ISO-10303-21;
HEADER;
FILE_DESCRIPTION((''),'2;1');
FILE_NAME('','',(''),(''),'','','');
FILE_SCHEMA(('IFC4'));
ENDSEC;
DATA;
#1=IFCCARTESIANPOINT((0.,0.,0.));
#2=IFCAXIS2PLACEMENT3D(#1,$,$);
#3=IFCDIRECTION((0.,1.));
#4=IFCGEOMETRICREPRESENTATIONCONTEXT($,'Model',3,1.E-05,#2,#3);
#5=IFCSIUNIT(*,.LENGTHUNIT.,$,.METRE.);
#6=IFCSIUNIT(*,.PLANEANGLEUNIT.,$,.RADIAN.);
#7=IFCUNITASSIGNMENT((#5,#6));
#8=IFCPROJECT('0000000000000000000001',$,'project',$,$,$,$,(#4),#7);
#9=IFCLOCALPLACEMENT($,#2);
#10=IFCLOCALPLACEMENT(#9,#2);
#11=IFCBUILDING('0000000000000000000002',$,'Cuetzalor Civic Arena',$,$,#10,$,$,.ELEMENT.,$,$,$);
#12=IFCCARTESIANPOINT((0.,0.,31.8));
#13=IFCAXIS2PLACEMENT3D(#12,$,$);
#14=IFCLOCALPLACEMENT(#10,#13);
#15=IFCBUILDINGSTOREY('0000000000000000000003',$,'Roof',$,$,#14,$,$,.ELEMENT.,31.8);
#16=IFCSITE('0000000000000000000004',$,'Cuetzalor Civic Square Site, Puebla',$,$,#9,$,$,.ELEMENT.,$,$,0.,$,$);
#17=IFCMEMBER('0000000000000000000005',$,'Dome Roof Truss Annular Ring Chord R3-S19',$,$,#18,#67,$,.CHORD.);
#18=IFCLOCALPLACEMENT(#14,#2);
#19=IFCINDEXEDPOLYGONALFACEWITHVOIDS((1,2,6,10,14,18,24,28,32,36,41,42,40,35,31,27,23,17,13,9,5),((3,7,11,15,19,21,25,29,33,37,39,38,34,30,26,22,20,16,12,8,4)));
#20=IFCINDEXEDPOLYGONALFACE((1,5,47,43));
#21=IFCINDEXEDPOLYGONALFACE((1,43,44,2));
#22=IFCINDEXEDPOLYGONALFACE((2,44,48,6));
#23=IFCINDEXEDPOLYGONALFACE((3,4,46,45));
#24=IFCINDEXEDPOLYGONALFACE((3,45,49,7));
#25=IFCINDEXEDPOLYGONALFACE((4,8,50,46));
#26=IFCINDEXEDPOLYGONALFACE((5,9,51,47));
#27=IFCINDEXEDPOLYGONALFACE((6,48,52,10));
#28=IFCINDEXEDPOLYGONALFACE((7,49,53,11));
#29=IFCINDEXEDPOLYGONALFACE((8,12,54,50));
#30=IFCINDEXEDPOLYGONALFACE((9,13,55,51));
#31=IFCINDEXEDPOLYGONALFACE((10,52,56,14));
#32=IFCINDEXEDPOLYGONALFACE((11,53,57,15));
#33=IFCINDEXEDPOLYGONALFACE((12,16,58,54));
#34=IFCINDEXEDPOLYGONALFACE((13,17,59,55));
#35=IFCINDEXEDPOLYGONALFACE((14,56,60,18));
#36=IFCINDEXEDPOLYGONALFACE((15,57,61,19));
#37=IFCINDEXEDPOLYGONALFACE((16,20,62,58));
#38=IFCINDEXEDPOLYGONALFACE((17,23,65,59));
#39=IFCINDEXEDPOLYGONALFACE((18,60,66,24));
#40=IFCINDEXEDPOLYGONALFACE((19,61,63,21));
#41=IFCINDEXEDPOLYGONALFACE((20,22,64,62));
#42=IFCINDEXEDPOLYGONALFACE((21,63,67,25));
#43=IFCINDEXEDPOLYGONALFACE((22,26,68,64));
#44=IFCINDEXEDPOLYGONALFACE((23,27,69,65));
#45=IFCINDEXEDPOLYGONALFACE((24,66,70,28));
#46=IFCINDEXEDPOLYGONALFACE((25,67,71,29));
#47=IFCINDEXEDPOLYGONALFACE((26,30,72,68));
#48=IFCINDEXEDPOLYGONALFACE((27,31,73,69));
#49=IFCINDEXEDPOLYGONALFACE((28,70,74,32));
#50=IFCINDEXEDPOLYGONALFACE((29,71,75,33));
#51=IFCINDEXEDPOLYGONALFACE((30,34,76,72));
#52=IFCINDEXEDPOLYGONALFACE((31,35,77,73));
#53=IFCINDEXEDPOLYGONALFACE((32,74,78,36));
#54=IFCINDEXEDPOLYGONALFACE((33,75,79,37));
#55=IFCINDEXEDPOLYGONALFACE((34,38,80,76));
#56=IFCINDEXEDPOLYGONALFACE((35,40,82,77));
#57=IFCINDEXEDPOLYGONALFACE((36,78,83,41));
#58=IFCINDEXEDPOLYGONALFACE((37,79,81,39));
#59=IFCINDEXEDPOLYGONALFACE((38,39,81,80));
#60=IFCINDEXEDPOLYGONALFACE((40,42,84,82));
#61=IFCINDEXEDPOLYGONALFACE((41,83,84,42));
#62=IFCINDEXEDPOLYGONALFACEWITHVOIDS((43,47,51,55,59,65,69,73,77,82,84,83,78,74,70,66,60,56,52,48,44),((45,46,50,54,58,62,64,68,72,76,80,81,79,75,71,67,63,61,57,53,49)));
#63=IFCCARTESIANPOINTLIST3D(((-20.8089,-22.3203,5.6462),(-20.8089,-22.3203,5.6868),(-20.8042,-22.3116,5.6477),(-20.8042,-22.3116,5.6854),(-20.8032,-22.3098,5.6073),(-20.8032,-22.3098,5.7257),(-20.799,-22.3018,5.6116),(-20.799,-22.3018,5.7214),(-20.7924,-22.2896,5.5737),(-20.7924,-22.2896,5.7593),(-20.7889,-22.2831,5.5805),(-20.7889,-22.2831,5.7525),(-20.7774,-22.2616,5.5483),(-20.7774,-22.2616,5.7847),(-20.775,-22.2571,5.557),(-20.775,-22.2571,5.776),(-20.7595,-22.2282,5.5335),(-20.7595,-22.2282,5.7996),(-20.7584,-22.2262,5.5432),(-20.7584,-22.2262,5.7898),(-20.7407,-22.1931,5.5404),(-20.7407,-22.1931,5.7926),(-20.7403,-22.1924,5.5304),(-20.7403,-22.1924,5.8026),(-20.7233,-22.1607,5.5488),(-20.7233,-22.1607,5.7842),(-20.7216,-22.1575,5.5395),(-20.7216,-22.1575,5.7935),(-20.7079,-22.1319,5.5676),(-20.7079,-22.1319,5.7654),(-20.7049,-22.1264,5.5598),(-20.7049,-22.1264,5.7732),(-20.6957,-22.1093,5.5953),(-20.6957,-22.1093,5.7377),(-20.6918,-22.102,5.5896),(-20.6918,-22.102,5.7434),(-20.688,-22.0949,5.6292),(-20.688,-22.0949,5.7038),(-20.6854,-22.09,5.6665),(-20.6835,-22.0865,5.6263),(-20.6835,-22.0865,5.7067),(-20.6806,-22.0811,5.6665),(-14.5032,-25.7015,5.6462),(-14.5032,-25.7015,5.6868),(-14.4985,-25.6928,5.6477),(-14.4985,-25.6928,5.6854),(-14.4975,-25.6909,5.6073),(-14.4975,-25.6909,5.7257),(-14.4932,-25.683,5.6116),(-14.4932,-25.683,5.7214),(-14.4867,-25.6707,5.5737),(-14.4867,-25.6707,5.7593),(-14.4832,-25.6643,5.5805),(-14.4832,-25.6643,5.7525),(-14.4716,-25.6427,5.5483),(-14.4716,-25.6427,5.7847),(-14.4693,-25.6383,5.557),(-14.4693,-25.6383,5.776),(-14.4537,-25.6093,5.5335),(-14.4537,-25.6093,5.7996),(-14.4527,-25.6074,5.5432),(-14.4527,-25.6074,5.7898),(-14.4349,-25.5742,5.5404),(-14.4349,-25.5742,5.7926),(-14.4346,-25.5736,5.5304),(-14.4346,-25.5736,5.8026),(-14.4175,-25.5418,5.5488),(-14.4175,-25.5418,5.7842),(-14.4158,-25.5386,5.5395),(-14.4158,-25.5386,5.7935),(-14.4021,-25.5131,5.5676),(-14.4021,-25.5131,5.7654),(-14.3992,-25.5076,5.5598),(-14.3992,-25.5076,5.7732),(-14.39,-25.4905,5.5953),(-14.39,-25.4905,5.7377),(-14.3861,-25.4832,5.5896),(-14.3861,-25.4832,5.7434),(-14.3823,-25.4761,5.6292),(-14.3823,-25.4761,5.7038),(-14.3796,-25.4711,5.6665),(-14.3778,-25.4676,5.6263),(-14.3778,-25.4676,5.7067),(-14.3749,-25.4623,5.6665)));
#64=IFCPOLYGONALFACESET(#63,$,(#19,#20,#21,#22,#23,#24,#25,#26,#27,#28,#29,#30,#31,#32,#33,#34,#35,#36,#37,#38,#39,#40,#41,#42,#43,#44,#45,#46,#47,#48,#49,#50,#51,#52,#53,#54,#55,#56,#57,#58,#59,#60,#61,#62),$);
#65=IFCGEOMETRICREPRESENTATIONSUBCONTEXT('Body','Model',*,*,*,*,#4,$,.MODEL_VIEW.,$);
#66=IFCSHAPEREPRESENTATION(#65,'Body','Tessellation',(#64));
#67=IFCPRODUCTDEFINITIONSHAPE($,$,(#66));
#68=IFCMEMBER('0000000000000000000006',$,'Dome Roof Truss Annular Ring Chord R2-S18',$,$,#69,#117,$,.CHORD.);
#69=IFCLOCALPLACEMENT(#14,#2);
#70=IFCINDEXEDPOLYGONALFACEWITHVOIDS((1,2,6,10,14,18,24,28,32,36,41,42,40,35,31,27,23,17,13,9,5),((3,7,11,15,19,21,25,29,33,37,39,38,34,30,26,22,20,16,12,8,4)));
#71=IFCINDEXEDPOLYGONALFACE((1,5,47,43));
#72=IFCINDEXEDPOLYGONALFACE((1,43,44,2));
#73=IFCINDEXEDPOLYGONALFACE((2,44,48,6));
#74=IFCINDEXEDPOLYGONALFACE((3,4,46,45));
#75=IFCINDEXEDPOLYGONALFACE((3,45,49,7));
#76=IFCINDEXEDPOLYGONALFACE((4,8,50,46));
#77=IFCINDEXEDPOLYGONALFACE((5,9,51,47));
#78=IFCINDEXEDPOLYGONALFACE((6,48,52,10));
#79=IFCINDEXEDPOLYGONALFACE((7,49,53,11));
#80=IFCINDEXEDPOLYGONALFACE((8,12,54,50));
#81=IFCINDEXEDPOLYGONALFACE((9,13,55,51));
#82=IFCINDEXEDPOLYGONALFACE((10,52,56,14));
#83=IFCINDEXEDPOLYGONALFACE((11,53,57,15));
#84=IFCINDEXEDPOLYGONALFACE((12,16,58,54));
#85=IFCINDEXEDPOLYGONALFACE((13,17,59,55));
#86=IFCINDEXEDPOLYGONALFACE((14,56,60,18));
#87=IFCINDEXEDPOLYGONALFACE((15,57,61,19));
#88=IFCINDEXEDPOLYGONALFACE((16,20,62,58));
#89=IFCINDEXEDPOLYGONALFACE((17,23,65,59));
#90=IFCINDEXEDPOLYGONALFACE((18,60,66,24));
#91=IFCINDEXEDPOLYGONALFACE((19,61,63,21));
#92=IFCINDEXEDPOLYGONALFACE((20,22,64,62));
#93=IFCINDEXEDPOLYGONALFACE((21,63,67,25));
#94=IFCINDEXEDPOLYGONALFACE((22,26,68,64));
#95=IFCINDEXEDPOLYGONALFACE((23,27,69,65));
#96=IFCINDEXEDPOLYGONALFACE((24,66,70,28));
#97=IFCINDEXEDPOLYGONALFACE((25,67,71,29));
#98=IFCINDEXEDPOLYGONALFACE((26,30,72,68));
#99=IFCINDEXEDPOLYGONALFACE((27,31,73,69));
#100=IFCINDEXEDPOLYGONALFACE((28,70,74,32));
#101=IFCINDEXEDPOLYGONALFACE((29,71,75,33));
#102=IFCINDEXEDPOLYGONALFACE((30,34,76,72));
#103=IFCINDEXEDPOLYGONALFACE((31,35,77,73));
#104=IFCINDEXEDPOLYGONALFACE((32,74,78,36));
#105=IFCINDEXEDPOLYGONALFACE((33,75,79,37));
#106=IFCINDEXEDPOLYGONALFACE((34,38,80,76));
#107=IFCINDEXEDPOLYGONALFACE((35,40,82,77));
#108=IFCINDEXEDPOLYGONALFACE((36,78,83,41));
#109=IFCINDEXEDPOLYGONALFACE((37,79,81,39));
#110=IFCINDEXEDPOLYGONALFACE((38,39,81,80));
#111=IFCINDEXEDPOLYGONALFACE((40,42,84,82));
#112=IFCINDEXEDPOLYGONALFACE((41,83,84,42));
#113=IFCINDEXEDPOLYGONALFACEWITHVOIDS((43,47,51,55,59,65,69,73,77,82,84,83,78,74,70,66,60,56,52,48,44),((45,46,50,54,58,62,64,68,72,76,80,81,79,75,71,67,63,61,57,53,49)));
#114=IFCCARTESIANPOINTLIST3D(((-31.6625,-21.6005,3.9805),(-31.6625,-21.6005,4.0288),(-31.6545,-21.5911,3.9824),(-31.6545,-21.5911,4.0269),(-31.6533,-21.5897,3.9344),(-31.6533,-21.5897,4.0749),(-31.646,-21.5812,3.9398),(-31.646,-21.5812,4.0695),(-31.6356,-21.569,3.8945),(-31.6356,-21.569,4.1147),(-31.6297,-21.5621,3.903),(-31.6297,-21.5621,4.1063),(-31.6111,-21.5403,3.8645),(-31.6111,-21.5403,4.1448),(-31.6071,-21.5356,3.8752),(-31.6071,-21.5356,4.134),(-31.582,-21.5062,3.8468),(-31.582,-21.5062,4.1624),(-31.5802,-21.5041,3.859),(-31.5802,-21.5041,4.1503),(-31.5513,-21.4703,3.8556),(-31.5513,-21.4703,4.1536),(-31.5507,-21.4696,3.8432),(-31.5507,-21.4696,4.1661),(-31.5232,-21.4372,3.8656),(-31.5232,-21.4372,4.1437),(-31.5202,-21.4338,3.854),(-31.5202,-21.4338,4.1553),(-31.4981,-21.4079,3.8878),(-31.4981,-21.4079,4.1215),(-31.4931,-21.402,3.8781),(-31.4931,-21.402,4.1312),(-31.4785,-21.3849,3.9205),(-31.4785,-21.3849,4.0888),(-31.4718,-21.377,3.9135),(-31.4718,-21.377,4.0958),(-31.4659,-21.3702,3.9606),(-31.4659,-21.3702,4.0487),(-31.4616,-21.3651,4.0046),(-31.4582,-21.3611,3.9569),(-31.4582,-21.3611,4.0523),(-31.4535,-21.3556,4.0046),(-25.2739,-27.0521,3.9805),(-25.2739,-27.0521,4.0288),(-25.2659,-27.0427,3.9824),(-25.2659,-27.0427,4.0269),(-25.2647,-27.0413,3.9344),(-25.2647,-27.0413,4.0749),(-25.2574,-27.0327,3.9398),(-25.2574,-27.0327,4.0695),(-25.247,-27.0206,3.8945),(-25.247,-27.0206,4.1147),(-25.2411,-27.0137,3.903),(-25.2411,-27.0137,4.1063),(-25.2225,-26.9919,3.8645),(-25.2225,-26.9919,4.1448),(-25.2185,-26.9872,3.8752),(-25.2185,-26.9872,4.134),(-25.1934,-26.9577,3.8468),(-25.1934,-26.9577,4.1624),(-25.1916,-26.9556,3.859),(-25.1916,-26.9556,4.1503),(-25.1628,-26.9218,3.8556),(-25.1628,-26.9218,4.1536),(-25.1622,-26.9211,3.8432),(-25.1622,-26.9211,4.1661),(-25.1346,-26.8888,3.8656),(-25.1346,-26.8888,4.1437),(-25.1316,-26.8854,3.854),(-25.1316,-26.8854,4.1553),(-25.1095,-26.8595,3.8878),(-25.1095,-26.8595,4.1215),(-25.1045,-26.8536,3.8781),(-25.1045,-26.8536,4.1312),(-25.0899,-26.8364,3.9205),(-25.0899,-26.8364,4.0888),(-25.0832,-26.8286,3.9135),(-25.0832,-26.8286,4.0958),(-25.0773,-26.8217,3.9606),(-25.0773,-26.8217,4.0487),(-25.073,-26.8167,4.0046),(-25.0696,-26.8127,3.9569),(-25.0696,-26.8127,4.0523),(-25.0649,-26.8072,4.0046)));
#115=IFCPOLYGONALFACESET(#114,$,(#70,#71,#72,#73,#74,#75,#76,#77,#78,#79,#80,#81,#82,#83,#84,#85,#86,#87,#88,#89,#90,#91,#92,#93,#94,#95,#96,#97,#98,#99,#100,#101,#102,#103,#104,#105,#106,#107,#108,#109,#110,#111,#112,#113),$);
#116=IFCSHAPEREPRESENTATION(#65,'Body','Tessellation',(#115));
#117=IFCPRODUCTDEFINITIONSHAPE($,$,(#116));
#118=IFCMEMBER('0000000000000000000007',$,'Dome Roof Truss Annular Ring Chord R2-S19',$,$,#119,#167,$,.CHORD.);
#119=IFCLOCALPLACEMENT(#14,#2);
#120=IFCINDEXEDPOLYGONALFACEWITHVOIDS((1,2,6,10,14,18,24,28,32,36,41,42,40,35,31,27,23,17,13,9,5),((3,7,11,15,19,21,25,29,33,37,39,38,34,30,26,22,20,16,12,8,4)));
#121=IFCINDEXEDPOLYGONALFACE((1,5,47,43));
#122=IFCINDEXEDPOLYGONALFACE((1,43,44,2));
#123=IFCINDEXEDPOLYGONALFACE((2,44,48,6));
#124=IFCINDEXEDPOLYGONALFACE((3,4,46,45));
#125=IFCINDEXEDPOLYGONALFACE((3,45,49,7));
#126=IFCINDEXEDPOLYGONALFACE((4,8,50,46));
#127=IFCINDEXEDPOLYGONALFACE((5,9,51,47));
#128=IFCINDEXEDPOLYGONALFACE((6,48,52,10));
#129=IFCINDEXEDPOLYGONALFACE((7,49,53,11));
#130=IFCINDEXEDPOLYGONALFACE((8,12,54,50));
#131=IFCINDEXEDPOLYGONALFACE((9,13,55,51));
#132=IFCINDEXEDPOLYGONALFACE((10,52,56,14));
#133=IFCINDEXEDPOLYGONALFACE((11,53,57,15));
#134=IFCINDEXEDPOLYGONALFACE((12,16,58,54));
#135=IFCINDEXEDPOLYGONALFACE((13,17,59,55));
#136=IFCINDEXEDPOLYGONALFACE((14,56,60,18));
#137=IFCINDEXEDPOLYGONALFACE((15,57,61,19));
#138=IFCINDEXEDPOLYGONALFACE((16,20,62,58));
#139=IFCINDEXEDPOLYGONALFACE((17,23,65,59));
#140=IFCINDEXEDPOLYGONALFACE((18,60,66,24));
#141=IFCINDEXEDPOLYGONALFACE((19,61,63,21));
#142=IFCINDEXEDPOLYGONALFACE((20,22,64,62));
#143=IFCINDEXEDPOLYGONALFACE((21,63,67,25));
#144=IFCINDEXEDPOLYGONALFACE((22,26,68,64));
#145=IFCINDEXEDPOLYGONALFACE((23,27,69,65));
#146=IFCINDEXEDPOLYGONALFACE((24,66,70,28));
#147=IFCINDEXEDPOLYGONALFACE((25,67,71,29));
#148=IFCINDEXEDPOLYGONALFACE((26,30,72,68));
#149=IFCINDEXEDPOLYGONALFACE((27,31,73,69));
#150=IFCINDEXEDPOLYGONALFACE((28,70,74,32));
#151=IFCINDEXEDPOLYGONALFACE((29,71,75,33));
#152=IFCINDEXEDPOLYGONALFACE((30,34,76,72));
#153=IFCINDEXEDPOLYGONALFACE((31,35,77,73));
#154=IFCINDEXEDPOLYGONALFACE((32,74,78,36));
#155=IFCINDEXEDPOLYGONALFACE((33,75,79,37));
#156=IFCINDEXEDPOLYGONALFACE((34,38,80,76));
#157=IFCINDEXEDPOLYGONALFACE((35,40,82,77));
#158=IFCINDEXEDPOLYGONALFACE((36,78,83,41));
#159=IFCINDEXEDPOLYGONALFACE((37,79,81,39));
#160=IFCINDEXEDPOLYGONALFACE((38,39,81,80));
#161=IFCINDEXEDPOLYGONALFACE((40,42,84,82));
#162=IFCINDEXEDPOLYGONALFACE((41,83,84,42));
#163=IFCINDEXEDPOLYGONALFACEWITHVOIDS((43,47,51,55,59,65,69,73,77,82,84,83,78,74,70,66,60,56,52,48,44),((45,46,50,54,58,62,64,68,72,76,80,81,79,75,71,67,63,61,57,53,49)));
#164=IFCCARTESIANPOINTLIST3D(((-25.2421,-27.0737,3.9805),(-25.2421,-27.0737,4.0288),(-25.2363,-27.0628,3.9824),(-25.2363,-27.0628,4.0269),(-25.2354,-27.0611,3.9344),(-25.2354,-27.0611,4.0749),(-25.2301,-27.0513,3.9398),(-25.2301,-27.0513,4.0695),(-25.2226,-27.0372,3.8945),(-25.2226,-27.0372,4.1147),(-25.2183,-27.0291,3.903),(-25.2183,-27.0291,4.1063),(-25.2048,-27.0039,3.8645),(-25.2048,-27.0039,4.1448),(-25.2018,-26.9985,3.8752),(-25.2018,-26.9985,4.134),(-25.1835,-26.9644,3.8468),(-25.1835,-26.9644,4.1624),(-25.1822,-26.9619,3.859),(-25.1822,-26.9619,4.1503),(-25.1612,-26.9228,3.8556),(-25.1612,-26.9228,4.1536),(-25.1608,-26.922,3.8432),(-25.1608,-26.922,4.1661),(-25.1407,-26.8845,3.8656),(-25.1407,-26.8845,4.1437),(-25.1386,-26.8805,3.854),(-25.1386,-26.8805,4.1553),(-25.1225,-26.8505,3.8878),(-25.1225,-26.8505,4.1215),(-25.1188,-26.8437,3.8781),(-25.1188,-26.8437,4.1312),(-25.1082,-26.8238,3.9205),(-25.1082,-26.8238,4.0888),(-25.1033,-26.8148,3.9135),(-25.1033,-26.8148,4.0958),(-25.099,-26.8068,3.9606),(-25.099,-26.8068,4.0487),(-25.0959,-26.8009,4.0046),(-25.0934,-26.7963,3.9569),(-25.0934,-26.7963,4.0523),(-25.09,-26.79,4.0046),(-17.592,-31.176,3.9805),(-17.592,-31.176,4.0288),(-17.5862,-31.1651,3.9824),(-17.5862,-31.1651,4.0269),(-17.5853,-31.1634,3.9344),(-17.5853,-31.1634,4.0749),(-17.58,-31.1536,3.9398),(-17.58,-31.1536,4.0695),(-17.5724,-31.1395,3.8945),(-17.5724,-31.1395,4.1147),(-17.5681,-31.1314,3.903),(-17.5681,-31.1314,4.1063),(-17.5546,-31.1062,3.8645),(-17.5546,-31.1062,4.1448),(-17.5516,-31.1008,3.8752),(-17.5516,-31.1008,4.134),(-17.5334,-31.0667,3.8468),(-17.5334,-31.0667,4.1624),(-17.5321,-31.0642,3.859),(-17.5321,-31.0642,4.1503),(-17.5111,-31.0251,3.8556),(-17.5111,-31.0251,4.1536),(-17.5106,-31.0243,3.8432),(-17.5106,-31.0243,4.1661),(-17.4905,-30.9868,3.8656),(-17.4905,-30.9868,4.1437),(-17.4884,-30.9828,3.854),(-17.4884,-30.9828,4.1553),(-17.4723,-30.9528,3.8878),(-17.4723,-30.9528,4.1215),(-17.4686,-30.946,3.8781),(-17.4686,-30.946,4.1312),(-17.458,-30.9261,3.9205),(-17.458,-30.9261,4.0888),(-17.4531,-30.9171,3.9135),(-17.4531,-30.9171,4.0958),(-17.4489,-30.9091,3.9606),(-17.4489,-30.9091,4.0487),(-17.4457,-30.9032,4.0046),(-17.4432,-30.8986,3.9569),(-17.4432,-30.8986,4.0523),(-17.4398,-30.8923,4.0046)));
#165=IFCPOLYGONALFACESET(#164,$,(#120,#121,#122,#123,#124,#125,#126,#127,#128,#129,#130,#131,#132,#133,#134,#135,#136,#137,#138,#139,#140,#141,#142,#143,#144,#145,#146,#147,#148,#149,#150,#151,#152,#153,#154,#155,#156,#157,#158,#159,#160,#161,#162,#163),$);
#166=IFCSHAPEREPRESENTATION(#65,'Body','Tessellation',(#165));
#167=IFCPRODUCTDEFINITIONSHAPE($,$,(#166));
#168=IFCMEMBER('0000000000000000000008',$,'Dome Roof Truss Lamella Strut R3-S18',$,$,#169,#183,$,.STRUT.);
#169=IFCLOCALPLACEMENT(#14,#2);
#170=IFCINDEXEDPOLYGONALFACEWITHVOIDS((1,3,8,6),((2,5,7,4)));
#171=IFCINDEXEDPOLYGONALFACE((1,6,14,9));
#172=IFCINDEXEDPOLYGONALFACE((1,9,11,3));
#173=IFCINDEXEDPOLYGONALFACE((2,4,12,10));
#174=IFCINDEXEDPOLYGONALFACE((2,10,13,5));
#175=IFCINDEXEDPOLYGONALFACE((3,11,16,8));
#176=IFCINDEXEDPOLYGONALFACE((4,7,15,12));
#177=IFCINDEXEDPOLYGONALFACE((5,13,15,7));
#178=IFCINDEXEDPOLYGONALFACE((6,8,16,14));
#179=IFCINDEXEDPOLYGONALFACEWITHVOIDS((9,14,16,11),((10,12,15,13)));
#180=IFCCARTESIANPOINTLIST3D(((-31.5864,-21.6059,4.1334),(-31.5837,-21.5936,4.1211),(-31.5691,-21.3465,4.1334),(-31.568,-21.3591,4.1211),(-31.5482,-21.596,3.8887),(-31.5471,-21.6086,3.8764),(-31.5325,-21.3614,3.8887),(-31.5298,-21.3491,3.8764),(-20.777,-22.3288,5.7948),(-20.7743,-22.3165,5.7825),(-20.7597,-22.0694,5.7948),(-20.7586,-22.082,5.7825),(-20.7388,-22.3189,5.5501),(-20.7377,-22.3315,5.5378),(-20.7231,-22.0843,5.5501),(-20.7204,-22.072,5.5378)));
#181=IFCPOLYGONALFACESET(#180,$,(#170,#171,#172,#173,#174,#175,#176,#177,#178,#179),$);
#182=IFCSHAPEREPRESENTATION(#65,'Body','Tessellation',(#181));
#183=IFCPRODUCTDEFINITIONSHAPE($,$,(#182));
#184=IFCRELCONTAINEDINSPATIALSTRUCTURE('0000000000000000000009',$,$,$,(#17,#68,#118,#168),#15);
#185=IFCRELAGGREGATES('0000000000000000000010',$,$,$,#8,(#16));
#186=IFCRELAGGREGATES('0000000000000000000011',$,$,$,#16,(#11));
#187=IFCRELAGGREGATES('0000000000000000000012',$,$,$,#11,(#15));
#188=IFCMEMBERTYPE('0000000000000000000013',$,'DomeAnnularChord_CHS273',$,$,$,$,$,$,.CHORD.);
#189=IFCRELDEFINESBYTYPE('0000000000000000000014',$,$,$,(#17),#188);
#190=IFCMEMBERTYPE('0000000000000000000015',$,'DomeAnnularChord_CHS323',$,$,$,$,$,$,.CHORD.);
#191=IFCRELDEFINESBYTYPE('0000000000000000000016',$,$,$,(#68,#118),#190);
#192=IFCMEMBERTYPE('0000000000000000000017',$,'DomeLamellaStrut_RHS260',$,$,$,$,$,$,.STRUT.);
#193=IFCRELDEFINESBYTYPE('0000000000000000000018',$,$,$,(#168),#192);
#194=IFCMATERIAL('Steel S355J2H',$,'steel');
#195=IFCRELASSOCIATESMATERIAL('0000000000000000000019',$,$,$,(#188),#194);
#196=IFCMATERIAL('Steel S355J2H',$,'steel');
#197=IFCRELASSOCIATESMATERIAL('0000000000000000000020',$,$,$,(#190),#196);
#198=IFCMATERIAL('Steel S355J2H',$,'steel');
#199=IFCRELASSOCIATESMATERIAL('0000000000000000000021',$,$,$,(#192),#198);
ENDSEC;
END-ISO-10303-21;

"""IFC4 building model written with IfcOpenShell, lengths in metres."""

from ifc_helpers import new_model, si_unit, direction, frame, origin, origin_2d, place, context, subcontext, project, spatial, hollow_rectangle, hollow_circle, extrude, material, material_profile, profile_set, type_object, element, save


model = new_model("IFC4")

# Units and contexts
model_context = context("Model", 3, precision=1e-05, world=origin(), true_north=direction((0.0, 1.0)))
body_context = subcontext(model_context, "Body", "Model", "MODEL_VIEW")
ifc_project = project(units=[si_unit("LENGTHUNIT", "METRE"), si_unit("PLANEANGLEUNIT", "RADIAN")], contexts=[model_context])

# Site, building, storey
site_placement = place(None, origin())
site = spatial("IfcSite", under=ifc_project, at=site_placement, Name="Cuetzalor Civic Square Site, Puebla", CompositionType="ELEMENT", RefElevation=0.0)
building_placement = place(site_placement, origin())
building = spatial("IfcBuilding", under=site, at=building_placement, Name="Cuetzalor Civic Arena", CompositionType="ELEMENT")
storey_placement = place(building_placement, frame((0.0, 0.0, 31.8)))
storey = spatial("IfcBuildingStorey", under=building, at=storey_placement, Name="Roof", CompositionType="ELEMENT", Elevation=31.8)

# Members
ifc_material_1 = material(Name="Steel S355J2H", Category="steel")
ifc_material_profile_1 = material_profile(ifc_material_1, hollow_circle(Radius=0.1365, WallThickness=0.01, at=origin_2d()), Name="CHS 273x10")
ifc_profile_set_1 = profile_set([ifc_material_profile_1], Name="Steel S355J2H")
member_type_1 = type_object("IfcMemberType", Name="DomeAnnularChord_CHS273", PredefinedType="CHORD", material=ifc_profile_set_1)
member_1_placement = place(storey_placement, frame((-20.7451, -22.2014, 5.6665), z_axis=(0.881301, -0.472555, 0.0), x_axis=(0.472555, 0.881301, 0.0)))
element("IfcMember", 1, at=member_1_placement, inside=storey, type_object=member_type_1, Name="Dome Roof Truss Annular Ring Chord R3-S19", PredefinedType="CHORD", context=body_context, shape_type="SweptSolid", body=[
    extrude(hollow_circle(Radius=0.1365, WallThickness=0.01, at=origin_2d()), origin(), (0.0, 0.0, 1.0), 7.155),
])
ifc_material_2 = material(Name="Steel S355J2H", Category="steel")
ifc_material_profile_2 = material_profile(ifc_material_2, hollow_circle(Radius=0.1619, WallThickness=0.0125, at=origin_2d()), Name="CHS 323.9x12.5")
ifc_profile_set_2 = profile_set([ifc_material_profile_2], Name="Steel S355J2H")
member_type_2 = type_object("IfcMemberType", Name="DomeAnnularChord_CHS323", PredefinedType="CHORD", material=ifc_profile_set_2)
member_2_placement = place(storey_placement, frame((-31.5586, -21.4788, 4.0046), z_axis=(0.760687, -0.649119, 0.0), x_axis=(0.649119, 0.760687, 0.0)))
element("IfcMember", 2, at=member_2_placement, inside=storey, type_object=member_type_2, Name="Dome Roof Truss Annular Ring Chord R2-S18", PredefinedType="CHORD", context=body_context, shape_type="SweptSolid", body=[
    extrude(hollow_circle(Radius=0.1619, WallThickness=0.0125, at=origin_2d()), origin(), (0.0, 0.0, 1.0), 8.3984),
])
member_3_placement = place(storey_placement, frame((-25.1665, -26.9326, 4.0046), z_axis=(0.881288, -0.47258, 0.0), x_axis=(0.47258, 0.881288, 0.0)))
element("IfcMember", 3, at=member_3_placement, inside=storey, type_object=member_type_2, Name="Dome Roof Truss Annular Ring Chord R2-S19", PredefinedType="CHORD", context=body_context, shape_type="SweptSolid", body=[
    extrude(hollow_circle(Radius=0.1619, WallThickness=0.0125, at=origin_2d()), origin(), (0.0, 0.0, 1.0), 8.6807),
])
ifc_material_3 = material(Name="Steel S355J2H", Category="steel")
ifc_material_profile_3 = material_profile(ifc_material_3, hollow_rectangle(XDim=0.26, YDim=0.26, WallThickness=0.0125, at=origin_2d()), Name="RHS 260x260x12.5")
ifc_profile_set_3 = profile_set([ifc_material_profile_3], Name="Steel S355J2H")
member_type_3 = type_object("IfcMemberType", Name="DomeLamellaStrut_RHS260", PredefinedType="STRUT", material=ifc_profile_set_3)
member_4_placement = place(storey_placement, frame((-31.5581, -21.4775, 4.0049), z_axis=(0.986241, -0.065957, 0.151584), x_axis=(0.066728, 0.997771, 0.0)))
element("IfcMember", 4, at=member_4_placement, inside=storey, type_object=member_type_3, Name="Dome Roof Truss Lamella Strut R3-S18", PredefinedType="STRUT", context=body_context, shape_type="SweptSolid", body=[
    extrude(hollow_rectangle(XDim=0.26, YDim=0.26, WallThickness=0.0125, at=origin_2d()), origin(), (0.0, 0.0, 1.0), 10.9602),
])

save(model, "model.ifc")
